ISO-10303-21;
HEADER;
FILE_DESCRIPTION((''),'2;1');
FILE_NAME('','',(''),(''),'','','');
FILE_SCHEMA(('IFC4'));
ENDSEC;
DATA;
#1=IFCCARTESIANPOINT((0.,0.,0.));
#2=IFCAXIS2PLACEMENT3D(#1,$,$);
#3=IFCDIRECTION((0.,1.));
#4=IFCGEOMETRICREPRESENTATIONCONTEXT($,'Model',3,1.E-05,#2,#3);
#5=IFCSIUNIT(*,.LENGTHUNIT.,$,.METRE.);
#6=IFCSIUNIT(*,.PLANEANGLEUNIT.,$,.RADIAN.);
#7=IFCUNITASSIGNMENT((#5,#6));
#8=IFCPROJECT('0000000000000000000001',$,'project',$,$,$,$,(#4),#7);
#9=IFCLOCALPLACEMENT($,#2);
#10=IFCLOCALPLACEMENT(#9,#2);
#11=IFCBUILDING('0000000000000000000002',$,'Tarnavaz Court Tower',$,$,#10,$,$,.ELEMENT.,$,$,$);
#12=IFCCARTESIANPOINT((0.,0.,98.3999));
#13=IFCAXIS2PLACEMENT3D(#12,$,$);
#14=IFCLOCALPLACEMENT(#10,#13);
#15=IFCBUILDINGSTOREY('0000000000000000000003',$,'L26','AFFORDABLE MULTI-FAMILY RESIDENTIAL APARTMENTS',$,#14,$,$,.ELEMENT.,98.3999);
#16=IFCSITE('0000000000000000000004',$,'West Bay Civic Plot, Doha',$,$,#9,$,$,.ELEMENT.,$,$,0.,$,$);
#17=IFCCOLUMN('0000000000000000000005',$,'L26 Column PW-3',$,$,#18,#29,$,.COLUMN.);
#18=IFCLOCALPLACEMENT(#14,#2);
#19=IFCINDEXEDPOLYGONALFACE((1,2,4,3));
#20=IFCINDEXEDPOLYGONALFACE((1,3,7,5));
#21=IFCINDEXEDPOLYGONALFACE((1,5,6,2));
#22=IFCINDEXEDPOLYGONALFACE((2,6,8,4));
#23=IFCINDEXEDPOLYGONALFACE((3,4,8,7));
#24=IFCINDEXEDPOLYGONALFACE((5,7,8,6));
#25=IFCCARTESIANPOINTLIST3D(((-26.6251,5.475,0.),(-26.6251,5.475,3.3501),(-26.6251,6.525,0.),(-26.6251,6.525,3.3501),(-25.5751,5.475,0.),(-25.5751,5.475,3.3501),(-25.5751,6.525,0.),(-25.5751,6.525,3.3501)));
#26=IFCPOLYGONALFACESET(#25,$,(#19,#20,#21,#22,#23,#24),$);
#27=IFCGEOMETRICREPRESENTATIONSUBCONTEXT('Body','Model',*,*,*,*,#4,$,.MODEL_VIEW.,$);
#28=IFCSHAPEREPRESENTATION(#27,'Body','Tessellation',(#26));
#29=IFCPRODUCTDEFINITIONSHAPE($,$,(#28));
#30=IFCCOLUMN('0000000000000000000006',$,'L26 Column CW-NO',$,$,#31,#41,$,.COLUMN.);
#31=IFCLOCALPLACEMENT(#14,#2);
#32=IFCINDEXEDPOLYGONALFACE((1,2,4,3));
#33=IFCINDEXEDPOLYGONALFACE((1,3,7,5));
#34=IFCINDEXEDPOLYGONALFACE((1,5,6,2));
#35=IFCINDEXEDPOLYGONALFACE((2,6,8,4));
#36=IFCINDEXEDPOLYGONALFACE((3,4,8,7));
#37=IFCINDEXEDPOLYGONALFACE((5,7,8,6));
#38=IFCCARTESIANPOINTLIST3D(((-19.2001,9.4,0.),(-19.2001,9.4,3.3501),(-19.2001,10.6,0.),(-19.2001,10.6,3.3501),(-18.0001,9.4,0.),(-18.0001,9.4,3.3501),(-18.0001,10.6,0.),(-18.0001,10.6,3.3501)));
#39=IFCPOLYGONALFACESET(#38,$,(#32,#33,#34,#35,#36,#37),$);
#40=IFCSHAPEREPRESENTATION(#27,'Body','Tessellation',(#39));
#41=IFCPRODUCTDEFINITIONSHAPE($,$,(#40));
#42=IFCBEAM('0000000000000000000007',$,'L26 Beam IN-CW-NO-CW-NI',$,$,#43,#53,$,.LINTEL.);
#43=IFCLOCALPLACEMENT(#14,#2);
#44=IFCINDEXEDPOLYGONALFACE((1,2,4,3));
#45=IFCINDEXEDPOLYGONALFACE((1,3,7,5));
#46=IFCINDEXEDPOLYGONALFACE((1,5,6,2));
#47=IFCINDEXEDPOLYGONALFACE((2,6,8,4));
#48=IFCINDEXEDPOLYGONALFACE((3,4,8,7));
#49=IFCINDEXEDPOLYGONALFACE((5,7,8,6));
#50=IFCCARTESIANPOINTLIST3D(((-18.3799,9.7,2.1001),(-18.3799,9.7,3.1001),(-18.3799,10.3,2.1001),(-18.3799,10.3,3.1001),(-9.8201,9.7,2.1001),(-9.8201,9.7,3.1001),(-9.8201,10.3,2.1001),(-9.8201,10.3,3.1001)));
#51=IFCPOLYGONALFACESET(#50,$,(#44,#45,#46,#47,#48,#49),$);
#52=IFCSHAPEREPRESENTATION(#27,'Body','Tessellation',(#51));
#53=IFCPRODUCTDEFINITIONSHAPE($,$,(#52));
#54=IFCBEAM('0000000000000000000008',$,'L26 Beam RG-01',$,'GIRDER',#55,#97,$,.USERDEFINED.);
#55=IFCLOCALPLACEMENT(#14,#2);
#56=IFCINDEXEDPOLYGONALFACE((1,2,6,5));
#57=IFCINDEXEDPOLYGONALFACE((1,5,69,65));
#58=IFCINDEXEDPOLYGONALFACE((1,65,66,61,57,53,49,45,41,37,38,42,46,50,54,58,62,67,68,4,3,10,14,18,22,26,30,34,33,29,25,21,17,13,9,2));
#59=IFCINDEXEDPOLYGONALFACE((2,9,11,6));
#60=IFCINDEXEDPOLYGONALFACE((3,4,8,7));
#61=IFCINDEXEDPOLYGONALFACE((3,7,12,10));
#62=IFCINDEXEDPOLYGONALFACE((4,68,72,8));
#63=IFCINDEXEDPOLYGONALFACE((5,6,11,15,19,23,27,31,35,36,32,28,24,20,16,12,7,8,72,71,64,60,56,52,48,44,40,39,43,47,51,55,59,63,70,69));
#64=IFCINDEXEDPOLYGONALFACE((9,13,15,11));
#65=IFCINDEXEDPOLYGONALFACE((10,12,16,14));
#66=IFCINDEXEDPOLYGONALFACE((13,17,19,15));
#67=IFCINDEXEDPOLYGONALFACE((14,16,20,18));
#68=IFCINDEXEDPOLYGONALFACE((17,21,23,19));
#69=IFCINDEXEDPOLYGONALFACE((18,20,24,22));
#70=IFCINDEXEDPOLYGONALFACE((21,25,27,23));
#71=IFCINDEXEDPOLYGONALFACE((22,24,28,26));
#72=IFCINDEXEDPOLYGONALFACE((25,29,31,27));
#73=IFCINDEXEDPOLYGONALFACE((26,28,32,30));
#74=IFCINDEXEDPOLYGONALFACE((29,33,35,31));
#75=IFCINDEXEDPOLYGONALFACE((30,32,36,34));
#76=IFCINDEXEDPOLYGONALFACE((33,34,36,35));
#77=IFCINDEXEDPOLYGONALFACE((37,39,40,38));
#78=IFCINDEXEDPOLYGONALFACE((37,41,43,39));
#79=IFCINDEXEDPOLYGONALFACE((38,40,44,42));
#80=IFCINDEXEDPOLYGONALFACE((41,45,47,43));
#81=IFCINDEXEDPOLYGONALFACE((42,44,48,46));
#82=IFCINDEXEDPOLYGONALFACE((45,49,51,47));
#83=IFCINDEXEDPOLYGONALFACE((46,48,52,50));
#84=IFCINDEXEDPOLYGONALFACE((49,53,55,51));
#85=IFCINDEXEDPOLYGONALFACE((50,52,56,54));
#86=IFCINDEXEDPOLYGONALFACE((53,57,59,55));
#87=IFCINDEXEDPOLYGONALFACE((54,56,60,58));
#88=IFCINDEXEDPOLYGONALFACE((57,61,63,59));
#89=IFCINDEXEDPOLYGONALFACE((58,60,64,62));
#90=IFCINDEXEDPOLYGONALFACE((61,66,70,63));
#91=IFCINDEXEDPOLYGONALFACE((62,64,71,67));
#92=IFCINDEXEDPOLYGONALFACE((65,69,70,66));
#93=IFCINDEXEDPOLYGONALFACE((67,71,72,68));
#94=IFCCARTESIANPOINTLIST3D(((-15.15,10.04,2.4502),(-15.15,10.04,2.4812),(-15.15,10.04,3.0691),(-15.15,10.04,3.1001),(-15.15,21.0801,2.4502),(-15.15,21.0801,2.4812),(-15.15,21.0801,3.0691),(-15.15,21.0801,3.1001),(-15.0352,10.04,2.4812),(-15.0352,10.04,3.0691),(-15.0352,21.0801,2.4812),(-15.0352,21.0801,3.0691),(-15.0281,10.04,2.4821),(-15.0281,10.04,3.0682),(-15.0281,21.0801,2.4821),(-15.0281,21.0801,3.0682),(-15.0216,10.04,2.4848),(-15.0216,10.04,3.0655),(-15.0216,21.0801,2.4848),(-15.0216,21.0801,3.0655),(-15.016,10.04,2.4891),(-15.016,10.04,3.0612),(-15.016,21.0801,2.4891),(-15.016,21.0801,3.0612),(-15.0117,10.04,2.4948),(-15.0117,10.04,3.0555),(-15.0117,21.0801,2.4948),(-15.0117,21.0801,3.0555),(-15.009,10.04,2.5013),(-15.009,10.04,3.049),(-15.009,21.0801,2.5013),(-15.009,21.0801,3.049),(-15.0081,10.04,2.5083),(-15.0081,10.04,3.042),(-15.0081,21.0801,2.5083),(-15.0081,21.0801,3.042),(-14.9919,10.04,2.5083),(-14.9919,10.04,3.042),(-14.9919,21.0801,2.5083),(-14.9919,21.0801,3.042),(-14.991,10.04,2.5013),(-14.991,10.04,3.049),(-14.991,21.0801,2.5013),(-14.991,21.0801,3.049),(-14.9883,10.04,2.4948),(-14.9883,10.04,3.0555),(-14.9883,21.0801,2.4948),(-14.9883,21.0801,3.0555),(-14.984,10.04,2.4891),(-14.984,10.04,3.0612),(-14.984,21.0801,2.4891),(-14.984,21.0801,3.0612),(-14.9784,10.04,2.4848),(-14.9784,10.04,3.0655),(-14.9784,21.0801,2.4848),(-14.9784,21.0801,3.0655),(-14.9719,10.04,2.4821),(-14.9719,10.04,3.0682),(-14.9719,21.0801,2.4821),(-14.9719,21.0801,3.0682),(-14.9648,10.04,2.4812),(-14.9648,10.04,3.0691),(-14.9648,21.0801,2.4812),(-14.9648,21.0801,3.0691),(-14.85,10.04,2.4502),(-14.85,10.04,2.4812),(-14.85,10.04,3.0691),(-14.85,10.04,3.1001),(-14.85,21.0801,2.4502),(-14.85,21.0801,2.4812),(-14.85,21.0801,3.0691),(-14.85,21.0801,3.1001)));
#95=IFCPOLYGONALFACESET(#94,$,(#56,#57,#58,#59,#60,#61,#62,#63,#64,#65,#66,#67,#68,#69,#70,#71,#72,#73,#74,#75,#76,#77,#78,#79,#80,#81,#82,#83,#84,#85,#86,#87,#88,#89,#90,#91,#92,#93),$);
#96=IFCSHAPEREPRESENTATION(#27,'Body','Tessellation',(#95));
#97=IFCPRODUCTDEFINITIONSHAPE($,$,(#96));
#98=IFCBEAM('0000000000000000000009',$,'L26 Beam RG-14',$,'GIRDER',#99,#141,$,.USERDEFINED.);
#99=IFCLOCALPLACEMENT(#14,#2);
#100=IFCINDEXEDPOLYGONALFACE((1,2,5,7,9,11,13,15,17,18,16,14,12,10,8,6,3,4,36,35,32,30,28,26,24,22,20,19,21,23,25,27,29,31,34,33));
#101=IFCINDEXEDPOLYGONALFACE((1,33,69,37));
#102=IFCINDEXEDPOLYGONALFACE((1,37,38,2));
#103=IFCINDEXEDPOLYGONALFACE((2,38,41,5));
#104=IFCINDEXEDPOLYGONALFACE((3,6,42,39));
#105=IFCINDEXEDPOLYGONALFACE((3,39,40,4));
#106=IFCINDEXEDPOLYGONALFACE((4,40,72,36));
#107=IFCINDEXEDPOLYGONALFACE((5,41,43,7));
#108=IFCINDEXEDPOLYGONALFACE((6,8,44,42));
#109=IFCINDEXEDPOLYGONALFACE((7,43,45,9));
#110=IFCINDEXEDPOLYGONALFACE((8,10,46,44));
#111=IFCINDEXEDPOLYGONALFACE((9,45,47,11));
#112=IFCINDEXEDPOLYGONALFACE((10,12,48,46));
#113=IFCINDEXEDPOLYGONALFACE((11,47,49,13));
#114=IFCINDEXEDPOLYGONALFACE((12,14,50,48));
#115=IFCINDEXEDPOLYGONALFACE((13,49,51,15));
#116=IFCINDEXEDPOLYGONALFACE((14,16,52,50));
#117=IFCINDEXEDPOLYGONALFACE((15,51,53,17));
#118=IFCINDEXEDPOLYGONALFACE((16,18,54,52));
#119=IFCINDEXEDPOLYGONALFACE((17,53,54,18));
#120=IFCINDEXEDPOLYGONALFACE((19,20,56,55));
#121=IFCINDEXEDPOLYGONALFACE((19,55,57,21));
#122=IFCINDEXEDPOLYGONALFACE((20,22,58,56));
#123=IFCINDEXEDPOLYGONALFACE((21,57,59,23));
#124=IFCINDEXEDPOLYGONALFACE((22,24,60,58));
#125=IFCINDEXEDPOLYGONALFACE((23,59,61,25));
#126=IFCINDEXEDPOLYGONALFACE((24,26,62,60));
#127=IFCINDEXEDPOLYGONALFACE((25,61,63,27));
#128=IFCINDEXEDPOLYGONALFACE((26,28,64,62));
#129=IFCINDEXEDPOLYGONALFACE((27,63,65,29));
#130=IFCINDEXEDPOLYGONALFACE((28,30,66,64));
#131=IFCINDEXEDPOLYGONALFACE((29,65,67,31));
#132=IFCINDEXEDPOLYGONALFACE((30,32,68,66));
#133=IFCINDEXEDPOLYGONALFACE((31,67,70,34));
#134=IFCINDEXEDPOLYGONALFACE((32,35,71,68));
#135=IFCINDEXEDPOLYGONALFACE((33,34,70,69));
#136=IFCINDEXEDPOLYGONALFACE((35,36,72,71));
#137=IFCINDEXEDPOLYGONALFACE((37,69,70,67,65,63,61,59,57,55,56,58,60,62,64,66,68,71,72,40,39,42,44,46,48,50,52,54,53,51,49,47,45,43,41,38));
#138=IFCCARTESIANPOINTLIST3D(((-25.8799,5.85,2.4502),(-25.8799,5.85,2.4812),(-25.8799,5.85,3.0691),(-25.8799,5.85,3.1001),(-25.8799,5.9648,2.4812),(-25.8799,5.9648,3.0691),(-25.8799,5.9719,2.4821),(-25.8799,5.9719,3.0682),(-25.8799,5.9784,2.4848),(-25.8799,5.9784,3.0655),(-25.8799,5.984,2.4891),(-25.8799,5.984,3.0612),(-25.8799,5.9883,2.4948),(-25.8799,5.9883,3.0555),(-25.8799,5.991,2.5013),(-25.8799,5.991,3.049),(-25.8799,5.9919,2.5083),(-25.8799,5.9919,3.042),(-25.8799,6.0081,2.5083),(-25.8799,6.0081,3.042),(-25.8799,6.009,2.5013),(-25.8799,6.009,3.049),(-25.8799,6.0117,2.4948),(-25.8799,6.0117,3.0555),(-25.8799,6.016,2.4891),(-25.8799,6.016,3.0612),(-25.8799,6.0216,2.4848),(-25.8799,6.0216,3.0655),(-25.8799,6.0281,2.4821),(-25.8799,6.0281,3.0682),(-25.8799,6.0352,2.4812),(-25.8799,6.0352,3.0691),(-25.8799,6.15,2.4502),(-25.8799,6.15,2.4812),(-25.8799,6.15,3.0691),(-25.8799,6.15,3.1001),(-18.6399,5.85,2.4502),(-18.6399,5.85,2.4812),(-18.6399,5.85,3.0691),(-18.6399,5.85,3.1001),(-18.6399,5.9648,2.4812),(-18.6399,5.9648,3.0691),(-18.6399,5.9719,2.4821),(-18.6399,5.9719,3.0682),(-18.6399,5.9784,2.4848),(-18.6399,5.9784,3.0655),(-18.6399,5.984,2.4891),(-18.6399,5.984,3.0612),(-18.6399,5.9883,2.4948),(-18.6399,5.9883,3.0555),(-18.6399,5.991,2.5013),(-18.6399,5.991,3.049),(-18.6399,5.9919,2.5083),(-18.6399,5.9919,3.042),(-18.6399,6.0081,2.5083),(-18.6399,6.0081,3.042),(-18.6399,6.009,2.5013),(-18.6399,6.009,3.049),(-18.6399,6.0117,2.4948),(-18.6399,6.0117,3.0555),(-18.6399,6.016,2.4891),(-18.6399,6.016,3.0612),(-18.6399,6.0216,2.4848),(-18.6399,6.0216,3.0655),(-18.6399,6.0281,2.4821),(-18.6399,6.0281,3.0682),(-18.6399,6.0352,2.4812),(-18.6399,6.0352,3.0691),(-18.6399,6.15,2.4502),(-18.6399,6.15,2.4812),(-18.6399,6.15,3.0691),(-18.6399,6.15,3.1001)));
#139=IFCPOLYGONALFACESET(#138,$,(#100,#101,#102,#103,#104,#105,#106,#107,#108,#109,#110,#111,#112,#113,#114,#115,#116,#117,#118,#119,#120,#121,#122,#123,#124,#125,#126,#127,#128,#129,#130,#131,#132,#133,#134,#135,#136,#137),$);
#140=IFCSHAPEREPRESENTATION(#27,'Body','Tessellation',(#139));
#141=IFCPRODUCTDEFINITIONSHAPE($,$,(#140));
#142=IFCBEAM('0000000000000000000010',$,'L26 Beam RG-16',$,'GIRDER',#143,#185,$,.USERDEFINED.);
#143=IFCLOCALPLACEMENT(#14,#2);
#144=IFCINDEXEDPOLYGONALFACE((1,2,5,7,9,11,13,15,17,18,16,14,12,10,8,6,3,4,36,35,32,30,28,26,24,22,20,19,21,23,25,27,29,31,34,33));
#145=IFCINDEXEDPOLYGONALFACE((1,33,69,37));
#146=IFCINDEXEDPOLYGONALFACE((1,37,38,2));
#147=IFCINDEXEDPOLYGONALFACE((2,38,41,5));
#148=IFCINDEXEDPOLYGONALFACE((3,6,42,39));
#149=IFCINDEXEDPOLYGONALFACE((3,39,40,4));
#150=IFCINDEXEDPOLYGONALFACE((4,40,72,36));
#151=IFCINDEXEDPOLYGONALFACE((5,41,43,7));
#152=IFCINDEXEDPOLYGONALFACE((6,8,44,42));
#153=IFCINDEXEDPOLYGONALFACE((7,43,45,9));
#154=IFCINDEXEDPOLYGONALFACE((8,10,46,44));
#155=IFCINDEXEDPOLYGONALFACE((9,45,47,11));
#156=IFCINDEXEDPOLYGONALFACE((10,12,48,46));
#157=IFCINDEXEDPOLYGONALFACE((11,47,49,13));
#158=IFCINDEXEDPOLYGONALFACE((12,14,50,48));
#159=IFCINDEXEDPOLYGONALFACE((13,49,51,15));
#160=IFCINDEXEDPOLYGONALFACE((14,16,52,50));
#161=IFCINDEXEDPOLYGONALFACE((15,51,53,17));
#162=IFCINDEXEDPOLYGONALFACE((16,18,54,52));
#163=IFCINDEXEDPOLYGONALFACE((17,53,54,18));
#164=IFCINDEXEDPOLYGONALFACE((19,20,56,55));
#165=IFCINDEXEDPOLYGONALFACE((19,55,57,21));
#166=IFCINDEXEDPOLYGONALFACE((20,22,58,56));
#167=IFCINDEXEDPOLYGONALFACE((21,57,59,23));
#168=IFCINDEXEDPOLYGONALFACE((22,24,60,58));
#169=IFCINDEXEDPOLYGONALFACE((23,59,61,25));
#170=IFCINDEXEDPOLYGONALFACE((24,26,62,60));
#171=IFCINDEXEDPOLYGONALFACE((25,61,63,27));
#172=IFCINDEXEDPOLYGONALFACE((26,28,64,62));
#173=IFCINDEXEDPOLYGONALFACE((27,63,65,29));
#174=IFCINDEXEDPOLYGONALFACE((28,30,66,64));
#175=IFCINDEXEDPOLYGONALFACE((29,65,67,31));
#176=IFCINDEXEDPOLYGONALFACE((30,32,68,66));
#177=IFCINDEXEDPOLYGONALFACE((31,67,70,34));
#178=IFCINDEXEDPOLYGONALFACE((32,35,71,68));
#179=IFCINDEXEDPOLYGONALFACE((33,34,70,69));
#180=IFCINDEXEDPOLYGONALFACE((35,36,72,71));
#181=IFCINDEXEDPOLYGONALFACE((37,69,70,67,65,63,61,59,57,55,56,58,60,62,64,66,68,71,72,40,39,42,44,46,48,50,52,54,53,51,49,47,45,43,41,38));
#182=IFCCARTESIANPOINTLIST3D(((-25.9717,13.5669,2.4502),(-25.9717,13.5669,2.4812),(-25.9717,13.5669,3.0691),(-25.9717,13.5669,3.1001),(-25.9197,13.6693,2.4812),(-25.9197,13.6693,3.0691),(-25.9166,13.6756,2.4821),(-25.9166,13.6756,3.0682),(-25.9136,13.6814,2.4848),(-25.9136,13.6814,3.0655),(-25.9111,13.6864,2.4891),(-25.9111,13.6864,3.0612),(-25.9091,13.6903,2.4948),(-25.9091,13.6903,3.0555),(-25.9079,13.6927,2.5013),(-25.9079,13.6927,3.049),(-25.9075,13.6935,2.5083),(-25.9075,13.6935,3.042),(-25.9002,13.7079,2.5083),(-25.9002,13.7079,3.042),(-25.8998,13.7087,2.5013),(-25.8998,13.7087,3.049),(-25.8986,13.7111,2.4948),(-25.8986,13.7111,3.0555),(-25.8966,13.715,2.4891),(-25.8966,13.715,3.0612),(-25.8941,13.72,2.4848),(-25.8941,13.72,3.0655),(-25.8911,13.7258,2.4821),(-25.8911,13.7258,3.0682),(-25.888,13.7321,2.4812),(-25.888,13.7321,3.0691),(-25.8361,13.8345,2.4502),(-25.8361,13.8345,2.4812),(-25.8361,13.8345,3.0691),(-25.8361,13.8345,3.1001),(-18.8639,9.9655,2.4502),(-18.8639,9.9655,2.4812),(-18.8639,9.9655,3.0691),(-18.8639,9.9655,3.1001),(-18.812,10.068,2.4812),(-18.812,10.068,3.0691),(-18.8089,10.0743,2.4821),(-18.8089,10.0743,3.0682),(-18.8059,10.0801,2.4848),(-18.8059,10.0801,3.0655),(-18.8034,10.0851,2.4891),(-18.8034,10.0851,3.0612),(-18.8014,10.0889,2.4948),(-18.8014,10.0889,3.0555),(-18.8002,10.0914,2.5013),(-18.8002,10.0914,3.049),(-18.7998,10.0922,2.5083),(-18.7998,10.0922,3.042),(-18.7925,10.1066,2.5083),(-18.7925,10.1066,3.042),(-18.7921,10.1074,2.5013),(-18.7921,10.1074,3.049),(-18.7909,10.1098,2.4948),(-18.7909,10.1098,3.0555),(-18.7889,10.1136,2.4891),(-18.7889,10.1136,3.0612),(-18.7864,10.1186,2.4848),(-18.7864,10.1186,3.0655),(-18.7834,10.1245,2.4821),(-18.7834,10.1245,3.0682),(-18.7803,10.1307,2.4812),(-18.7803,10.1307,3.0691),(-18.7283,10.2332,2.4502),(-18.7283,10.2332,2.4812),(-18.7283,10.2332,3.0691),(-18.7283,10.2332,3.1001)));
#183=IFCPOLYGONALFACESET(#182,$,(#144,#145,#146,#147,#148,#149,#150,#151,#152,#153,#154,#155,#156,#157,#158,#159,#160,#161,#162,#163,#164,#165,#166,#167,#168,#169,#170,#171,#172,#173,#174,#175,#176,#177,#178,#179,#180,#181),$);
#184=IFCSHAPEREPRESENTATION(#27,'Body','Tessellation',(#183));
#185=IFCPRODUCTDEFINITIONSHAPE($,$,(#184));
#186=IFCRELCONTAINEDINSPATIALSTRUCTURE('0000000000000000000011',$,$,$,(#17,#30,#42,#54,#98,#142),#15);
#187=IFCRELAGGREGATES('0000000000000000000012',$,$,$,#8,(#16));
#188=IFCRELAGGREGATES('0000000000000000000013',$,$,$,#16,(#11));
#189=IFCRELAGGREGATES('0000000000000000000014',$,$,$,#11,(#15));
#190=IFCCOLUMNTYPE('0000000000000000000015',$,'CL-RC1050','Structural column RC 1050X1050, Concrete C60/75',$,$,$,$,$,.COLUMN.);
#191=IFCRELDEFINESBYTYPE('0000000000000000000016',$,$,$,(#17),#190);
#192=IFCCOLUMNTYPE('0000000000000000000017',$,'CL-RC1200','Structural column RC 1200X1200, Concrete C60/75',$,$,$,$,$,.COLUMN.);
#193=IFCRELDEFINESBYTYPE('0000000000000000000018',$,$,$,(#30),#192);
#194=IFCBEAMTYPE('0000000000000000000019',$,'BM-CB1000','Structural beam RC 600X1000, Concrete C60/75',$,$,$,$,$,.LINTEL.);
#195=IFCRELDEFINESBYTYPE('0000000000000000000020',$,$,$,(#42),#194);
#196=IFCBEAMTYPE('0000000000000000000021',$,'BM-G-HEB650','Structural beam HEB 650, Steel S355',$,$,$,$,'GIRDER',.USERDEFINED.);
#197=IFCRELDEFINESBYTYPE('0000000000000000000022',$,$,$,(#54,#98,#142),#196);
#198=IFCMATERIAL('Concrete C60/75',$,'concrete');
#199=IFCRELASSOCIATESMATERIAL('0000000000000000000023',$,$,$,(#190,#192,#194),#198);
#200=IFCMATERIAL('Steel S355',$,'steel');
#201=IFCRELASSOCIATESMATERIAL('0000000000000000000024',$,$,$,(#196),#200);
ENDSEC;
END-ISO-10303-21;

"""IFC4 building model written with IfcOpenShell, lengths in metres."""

from ifc_helpers import new_model, si_unit, direction, frame, origin, origin_2d, place, context, subcontext, project, spatial, rectangle, i_section, extrude, material, material_profile, profile_set, type_object, element, save


model = new_model("IFC4")

# Units and contexts
model_context = context("Model", 3, precision=1e-05, world=origin(), true_north=direction((0.0, 1.0)))
body_context = subcontext(model_context, "Body", "Model", "MODEL_VIEW")
ifc_project = project(units=[si_unit("LENGTHUNIT", "METRE"), si_unit("PLANEANGLEUNIT", "RADIAN")], contexts=[model_context])

# Site, building, storey
site_placement = place(None, origin())
site = spatial("IfcSite", under=ifc_project, at=site_placement, Name="West Bay Civic Plot, Doha", CompositionType="ELEMENT", RefElevation=0.0)
building_placement = place(site_placement, origin())
building = spatial("IfcBuilding", under=site, at=building_placement, Name="Tarnavaz Court Tower", CompositionType="ELEMENT")
storey_placement = place(building_placement, frame((0.0, 0.0, 98.3999)))
storey = spatial("IfcBuildingStorey", under=building, at=storey_placement, Name="L26", Description="AFFORDABLE MULTI-FAMILY RESIDENTIAL APARTMENTS", CompositionType="ELEMENT", Elevation=98.3999)

# Columns
ifc_material_1 = material(Name="Concrete C60/75", Category="concrete")
ifc_material_profile_1 = material_profile(ifc_material_1, rectangle(XDim=1.05, YDim=1.05, at=origin_2d()), Name="RC 1050X1050")
ifc_profile_set_1 = profile_set([ifc_material_profile_1], Name="Concrete C60/75")
column_type_1 = type_object("IfcColumnType", Name="CL-RC1050", Description="Structural column RC 1050X1050, Concrete C60/75", PredefinedType="COLUMN", material=ifc_profile_set_1)
column_1_placement = place(storey_placement, frame((-26.1001, 6.0, 0.0), z_axis=(0.0, 0.0, 1.0), x_axis=(1.0, 0.0, 0.0)))
element("IfcColumn", 1, at=column_1_placement, inside=storey, type_object=column_type_1, Name="L26 Column PW-3", PredefinedType="COLUMN", context=body_context, shape_type="SweptSolid", body=[
    extrude(rectangle(XDim=1.05, YDim=1.05, at=origin_2d()), origin(), (0.0, 0.0, 1.0), 3.3501),
])
ifc_material_profile_2 = material_profile(ifc_material_1, rectangle(XDim=1.2, YDim=1.2, at=origin_2d()), Name="RC 1200X1200")
ifc_profile_set_2 = profile_set([ifc_material_profile_2], Name="Concrete C60/75")
column_type_2 = type_object("IfcColumnType", Name="CL-RC1200", Description="Structural column RC 1200X1200, Concrete C60/75", PredefinedType="COLUMN", material=ifc_profile_set_2)
column_2_placement = place(storey_placement, frame((-18.6001, 10.0, 0.0), z_axis=(0.0, 0.0, 1.0), x_axis=(1.0, 0.0, 0.0)))
element("IfcColumn", 2, at=column_2_placement, inside=storey, type_object=column_type_2, Name="L26 Column CW-NO", PredefinedType="COLUMN", context=body_context, shape_type="SweptSolid", body=[
    extrude(rectangle(XDim=1.2, YDim=1.2, at=origin_2d()), origin(), (0.0, 0.0, 1.0), 3.3501),
])

# Beams
ifc_material_profile_3 = material_profile(ifc_material_1, rectangle(XDim=0.6001, YDim=1.0, at=origin_2d()), Name="RC 600X1000")
ifc_profile_set_3 = profile_set([ifc_material_profile_3], Name="Concrete C60/75")
beam_type_1 = type_object("IfcBeamType", Name="BM-CB1000", Description="Structural beam RC 600X1000, Concrete C60/75", PredefinedType="LINTEL", material=ifc_profile_set_3)
beam_1_placement = place(storey_placement, frame((-18.3799, 10.0, 2.6001), z_axis=(1.0, 0.0, 0.0), x_axis=(0.0, 1.0, 0.0)))
element("IfcBeam", 3, at=beam_1_placement, inside=storey, type_object=beam_type_1, Name="L26 Beam IN-CW-NO-CW-NI", PredefinedType="LINTEL", context=body_context, shape_type="SweptSolid", body=[
    extrude(rectangle(XDim=0.6001, YDim=1.0, at=origin_2d()), origin(), (0.0, 0.0, 1.0), 8.5598),
])
ifc_material_2 = material(Name="Steel S355", Category="steel")
ifc_material_profile_4 = material_profile(ifc_material_2, i_section(OverallWidth=0.3, OverallDepth=0.6499, WebThickness=0.0161, FlangeThickness=0.031, FilletRadius=0.0271, at=origin_2d()), Name="HEB 650")
ifc_profile_set_4 = profile_set([ifc_material_profile_4], Name="Steel S355")
beam_type_2 = type_object("IfcBeamType", Name="BM-G-HEB650", Description="Structural beam HEB 650, Steel S355", ElementType="GIRDER", PredefinedType="USERDEFINED", material=ifc_profile_set_4)
beam_2_placement = place(storey_placement, frame((-15.0, 10.04, 2.7751), z_axis=(0.0, 1.0, 0.0), x_axis=(-1.0, 0.0, 0.0)))
element("IfcBeam", 4, at=beam_2_placement, inside=storey, type_object=beam_type_2, Name="L26 Beam RG-01", ObjectType="GIRDER", PredefinedType="USERDEFINED", context=body_context, shape_type="SweptSolid", body=[
    extrude(i_section(OverallWidth=0.3, OverallDepth=0.6499, WebThickness=0.0161, FlangeThickness=0.031, FilletRadius=0.0271, at=origin_2d()), origin(), (0.0, 0.0, 1.0), 11.04),
])
beam_3_placement = place(storey_placement, frame((-18.6399, 6.0, 2.7751), z_axis=(-1.0, 0.0, 0.0), x_axis=(0.0, -1.0, 0.0)))
element("IfcBeam", 5, at=beam_3_placement, inside=storey, type_object=beam_type_2, Name="L26 Beam RG-14", ObjectType="GIRDER", PredefinedType="USERDEFINED", context=body_context, shape_type="SweptSolid", body=[
    extrude(i_section(OverallWidth=0.3, OverallDepth=0.6499, WebThickness=0.0161, FlangeThickness=0.031, FilletRadius=0.0271, at=origin_2d()), origin(), (0.0, 0.0, 1.0), 7.24),
])
beam_4_placement = place(storey_placement, frame((-18.7961, 10.0994, 2.7751), z_axis=(-0.892031, 0.451975, 0.0), x_axis=(-0.451975, -0.892031, 0.0)))
element("IfcBeam", 6, at=beam_4_placement, inside=storey, type_object=beam_type_2, Name="L26 Beam RG-16", ObjectType="GIRDER", PredefinedType="USERDEFINED", context=body_context, shape_type="SweptSolid", body=[
    extrude(i_section(OverallWidth=0.3, OverallDepth=0.6499, WebThickness=0.0161, FlangeThickness=0.031, FilletRadius=0.0271, at=origin_2d()), origin(), (0.0, 0.0, 1.0), 7.968),
])

save(model, "model.ifc")
